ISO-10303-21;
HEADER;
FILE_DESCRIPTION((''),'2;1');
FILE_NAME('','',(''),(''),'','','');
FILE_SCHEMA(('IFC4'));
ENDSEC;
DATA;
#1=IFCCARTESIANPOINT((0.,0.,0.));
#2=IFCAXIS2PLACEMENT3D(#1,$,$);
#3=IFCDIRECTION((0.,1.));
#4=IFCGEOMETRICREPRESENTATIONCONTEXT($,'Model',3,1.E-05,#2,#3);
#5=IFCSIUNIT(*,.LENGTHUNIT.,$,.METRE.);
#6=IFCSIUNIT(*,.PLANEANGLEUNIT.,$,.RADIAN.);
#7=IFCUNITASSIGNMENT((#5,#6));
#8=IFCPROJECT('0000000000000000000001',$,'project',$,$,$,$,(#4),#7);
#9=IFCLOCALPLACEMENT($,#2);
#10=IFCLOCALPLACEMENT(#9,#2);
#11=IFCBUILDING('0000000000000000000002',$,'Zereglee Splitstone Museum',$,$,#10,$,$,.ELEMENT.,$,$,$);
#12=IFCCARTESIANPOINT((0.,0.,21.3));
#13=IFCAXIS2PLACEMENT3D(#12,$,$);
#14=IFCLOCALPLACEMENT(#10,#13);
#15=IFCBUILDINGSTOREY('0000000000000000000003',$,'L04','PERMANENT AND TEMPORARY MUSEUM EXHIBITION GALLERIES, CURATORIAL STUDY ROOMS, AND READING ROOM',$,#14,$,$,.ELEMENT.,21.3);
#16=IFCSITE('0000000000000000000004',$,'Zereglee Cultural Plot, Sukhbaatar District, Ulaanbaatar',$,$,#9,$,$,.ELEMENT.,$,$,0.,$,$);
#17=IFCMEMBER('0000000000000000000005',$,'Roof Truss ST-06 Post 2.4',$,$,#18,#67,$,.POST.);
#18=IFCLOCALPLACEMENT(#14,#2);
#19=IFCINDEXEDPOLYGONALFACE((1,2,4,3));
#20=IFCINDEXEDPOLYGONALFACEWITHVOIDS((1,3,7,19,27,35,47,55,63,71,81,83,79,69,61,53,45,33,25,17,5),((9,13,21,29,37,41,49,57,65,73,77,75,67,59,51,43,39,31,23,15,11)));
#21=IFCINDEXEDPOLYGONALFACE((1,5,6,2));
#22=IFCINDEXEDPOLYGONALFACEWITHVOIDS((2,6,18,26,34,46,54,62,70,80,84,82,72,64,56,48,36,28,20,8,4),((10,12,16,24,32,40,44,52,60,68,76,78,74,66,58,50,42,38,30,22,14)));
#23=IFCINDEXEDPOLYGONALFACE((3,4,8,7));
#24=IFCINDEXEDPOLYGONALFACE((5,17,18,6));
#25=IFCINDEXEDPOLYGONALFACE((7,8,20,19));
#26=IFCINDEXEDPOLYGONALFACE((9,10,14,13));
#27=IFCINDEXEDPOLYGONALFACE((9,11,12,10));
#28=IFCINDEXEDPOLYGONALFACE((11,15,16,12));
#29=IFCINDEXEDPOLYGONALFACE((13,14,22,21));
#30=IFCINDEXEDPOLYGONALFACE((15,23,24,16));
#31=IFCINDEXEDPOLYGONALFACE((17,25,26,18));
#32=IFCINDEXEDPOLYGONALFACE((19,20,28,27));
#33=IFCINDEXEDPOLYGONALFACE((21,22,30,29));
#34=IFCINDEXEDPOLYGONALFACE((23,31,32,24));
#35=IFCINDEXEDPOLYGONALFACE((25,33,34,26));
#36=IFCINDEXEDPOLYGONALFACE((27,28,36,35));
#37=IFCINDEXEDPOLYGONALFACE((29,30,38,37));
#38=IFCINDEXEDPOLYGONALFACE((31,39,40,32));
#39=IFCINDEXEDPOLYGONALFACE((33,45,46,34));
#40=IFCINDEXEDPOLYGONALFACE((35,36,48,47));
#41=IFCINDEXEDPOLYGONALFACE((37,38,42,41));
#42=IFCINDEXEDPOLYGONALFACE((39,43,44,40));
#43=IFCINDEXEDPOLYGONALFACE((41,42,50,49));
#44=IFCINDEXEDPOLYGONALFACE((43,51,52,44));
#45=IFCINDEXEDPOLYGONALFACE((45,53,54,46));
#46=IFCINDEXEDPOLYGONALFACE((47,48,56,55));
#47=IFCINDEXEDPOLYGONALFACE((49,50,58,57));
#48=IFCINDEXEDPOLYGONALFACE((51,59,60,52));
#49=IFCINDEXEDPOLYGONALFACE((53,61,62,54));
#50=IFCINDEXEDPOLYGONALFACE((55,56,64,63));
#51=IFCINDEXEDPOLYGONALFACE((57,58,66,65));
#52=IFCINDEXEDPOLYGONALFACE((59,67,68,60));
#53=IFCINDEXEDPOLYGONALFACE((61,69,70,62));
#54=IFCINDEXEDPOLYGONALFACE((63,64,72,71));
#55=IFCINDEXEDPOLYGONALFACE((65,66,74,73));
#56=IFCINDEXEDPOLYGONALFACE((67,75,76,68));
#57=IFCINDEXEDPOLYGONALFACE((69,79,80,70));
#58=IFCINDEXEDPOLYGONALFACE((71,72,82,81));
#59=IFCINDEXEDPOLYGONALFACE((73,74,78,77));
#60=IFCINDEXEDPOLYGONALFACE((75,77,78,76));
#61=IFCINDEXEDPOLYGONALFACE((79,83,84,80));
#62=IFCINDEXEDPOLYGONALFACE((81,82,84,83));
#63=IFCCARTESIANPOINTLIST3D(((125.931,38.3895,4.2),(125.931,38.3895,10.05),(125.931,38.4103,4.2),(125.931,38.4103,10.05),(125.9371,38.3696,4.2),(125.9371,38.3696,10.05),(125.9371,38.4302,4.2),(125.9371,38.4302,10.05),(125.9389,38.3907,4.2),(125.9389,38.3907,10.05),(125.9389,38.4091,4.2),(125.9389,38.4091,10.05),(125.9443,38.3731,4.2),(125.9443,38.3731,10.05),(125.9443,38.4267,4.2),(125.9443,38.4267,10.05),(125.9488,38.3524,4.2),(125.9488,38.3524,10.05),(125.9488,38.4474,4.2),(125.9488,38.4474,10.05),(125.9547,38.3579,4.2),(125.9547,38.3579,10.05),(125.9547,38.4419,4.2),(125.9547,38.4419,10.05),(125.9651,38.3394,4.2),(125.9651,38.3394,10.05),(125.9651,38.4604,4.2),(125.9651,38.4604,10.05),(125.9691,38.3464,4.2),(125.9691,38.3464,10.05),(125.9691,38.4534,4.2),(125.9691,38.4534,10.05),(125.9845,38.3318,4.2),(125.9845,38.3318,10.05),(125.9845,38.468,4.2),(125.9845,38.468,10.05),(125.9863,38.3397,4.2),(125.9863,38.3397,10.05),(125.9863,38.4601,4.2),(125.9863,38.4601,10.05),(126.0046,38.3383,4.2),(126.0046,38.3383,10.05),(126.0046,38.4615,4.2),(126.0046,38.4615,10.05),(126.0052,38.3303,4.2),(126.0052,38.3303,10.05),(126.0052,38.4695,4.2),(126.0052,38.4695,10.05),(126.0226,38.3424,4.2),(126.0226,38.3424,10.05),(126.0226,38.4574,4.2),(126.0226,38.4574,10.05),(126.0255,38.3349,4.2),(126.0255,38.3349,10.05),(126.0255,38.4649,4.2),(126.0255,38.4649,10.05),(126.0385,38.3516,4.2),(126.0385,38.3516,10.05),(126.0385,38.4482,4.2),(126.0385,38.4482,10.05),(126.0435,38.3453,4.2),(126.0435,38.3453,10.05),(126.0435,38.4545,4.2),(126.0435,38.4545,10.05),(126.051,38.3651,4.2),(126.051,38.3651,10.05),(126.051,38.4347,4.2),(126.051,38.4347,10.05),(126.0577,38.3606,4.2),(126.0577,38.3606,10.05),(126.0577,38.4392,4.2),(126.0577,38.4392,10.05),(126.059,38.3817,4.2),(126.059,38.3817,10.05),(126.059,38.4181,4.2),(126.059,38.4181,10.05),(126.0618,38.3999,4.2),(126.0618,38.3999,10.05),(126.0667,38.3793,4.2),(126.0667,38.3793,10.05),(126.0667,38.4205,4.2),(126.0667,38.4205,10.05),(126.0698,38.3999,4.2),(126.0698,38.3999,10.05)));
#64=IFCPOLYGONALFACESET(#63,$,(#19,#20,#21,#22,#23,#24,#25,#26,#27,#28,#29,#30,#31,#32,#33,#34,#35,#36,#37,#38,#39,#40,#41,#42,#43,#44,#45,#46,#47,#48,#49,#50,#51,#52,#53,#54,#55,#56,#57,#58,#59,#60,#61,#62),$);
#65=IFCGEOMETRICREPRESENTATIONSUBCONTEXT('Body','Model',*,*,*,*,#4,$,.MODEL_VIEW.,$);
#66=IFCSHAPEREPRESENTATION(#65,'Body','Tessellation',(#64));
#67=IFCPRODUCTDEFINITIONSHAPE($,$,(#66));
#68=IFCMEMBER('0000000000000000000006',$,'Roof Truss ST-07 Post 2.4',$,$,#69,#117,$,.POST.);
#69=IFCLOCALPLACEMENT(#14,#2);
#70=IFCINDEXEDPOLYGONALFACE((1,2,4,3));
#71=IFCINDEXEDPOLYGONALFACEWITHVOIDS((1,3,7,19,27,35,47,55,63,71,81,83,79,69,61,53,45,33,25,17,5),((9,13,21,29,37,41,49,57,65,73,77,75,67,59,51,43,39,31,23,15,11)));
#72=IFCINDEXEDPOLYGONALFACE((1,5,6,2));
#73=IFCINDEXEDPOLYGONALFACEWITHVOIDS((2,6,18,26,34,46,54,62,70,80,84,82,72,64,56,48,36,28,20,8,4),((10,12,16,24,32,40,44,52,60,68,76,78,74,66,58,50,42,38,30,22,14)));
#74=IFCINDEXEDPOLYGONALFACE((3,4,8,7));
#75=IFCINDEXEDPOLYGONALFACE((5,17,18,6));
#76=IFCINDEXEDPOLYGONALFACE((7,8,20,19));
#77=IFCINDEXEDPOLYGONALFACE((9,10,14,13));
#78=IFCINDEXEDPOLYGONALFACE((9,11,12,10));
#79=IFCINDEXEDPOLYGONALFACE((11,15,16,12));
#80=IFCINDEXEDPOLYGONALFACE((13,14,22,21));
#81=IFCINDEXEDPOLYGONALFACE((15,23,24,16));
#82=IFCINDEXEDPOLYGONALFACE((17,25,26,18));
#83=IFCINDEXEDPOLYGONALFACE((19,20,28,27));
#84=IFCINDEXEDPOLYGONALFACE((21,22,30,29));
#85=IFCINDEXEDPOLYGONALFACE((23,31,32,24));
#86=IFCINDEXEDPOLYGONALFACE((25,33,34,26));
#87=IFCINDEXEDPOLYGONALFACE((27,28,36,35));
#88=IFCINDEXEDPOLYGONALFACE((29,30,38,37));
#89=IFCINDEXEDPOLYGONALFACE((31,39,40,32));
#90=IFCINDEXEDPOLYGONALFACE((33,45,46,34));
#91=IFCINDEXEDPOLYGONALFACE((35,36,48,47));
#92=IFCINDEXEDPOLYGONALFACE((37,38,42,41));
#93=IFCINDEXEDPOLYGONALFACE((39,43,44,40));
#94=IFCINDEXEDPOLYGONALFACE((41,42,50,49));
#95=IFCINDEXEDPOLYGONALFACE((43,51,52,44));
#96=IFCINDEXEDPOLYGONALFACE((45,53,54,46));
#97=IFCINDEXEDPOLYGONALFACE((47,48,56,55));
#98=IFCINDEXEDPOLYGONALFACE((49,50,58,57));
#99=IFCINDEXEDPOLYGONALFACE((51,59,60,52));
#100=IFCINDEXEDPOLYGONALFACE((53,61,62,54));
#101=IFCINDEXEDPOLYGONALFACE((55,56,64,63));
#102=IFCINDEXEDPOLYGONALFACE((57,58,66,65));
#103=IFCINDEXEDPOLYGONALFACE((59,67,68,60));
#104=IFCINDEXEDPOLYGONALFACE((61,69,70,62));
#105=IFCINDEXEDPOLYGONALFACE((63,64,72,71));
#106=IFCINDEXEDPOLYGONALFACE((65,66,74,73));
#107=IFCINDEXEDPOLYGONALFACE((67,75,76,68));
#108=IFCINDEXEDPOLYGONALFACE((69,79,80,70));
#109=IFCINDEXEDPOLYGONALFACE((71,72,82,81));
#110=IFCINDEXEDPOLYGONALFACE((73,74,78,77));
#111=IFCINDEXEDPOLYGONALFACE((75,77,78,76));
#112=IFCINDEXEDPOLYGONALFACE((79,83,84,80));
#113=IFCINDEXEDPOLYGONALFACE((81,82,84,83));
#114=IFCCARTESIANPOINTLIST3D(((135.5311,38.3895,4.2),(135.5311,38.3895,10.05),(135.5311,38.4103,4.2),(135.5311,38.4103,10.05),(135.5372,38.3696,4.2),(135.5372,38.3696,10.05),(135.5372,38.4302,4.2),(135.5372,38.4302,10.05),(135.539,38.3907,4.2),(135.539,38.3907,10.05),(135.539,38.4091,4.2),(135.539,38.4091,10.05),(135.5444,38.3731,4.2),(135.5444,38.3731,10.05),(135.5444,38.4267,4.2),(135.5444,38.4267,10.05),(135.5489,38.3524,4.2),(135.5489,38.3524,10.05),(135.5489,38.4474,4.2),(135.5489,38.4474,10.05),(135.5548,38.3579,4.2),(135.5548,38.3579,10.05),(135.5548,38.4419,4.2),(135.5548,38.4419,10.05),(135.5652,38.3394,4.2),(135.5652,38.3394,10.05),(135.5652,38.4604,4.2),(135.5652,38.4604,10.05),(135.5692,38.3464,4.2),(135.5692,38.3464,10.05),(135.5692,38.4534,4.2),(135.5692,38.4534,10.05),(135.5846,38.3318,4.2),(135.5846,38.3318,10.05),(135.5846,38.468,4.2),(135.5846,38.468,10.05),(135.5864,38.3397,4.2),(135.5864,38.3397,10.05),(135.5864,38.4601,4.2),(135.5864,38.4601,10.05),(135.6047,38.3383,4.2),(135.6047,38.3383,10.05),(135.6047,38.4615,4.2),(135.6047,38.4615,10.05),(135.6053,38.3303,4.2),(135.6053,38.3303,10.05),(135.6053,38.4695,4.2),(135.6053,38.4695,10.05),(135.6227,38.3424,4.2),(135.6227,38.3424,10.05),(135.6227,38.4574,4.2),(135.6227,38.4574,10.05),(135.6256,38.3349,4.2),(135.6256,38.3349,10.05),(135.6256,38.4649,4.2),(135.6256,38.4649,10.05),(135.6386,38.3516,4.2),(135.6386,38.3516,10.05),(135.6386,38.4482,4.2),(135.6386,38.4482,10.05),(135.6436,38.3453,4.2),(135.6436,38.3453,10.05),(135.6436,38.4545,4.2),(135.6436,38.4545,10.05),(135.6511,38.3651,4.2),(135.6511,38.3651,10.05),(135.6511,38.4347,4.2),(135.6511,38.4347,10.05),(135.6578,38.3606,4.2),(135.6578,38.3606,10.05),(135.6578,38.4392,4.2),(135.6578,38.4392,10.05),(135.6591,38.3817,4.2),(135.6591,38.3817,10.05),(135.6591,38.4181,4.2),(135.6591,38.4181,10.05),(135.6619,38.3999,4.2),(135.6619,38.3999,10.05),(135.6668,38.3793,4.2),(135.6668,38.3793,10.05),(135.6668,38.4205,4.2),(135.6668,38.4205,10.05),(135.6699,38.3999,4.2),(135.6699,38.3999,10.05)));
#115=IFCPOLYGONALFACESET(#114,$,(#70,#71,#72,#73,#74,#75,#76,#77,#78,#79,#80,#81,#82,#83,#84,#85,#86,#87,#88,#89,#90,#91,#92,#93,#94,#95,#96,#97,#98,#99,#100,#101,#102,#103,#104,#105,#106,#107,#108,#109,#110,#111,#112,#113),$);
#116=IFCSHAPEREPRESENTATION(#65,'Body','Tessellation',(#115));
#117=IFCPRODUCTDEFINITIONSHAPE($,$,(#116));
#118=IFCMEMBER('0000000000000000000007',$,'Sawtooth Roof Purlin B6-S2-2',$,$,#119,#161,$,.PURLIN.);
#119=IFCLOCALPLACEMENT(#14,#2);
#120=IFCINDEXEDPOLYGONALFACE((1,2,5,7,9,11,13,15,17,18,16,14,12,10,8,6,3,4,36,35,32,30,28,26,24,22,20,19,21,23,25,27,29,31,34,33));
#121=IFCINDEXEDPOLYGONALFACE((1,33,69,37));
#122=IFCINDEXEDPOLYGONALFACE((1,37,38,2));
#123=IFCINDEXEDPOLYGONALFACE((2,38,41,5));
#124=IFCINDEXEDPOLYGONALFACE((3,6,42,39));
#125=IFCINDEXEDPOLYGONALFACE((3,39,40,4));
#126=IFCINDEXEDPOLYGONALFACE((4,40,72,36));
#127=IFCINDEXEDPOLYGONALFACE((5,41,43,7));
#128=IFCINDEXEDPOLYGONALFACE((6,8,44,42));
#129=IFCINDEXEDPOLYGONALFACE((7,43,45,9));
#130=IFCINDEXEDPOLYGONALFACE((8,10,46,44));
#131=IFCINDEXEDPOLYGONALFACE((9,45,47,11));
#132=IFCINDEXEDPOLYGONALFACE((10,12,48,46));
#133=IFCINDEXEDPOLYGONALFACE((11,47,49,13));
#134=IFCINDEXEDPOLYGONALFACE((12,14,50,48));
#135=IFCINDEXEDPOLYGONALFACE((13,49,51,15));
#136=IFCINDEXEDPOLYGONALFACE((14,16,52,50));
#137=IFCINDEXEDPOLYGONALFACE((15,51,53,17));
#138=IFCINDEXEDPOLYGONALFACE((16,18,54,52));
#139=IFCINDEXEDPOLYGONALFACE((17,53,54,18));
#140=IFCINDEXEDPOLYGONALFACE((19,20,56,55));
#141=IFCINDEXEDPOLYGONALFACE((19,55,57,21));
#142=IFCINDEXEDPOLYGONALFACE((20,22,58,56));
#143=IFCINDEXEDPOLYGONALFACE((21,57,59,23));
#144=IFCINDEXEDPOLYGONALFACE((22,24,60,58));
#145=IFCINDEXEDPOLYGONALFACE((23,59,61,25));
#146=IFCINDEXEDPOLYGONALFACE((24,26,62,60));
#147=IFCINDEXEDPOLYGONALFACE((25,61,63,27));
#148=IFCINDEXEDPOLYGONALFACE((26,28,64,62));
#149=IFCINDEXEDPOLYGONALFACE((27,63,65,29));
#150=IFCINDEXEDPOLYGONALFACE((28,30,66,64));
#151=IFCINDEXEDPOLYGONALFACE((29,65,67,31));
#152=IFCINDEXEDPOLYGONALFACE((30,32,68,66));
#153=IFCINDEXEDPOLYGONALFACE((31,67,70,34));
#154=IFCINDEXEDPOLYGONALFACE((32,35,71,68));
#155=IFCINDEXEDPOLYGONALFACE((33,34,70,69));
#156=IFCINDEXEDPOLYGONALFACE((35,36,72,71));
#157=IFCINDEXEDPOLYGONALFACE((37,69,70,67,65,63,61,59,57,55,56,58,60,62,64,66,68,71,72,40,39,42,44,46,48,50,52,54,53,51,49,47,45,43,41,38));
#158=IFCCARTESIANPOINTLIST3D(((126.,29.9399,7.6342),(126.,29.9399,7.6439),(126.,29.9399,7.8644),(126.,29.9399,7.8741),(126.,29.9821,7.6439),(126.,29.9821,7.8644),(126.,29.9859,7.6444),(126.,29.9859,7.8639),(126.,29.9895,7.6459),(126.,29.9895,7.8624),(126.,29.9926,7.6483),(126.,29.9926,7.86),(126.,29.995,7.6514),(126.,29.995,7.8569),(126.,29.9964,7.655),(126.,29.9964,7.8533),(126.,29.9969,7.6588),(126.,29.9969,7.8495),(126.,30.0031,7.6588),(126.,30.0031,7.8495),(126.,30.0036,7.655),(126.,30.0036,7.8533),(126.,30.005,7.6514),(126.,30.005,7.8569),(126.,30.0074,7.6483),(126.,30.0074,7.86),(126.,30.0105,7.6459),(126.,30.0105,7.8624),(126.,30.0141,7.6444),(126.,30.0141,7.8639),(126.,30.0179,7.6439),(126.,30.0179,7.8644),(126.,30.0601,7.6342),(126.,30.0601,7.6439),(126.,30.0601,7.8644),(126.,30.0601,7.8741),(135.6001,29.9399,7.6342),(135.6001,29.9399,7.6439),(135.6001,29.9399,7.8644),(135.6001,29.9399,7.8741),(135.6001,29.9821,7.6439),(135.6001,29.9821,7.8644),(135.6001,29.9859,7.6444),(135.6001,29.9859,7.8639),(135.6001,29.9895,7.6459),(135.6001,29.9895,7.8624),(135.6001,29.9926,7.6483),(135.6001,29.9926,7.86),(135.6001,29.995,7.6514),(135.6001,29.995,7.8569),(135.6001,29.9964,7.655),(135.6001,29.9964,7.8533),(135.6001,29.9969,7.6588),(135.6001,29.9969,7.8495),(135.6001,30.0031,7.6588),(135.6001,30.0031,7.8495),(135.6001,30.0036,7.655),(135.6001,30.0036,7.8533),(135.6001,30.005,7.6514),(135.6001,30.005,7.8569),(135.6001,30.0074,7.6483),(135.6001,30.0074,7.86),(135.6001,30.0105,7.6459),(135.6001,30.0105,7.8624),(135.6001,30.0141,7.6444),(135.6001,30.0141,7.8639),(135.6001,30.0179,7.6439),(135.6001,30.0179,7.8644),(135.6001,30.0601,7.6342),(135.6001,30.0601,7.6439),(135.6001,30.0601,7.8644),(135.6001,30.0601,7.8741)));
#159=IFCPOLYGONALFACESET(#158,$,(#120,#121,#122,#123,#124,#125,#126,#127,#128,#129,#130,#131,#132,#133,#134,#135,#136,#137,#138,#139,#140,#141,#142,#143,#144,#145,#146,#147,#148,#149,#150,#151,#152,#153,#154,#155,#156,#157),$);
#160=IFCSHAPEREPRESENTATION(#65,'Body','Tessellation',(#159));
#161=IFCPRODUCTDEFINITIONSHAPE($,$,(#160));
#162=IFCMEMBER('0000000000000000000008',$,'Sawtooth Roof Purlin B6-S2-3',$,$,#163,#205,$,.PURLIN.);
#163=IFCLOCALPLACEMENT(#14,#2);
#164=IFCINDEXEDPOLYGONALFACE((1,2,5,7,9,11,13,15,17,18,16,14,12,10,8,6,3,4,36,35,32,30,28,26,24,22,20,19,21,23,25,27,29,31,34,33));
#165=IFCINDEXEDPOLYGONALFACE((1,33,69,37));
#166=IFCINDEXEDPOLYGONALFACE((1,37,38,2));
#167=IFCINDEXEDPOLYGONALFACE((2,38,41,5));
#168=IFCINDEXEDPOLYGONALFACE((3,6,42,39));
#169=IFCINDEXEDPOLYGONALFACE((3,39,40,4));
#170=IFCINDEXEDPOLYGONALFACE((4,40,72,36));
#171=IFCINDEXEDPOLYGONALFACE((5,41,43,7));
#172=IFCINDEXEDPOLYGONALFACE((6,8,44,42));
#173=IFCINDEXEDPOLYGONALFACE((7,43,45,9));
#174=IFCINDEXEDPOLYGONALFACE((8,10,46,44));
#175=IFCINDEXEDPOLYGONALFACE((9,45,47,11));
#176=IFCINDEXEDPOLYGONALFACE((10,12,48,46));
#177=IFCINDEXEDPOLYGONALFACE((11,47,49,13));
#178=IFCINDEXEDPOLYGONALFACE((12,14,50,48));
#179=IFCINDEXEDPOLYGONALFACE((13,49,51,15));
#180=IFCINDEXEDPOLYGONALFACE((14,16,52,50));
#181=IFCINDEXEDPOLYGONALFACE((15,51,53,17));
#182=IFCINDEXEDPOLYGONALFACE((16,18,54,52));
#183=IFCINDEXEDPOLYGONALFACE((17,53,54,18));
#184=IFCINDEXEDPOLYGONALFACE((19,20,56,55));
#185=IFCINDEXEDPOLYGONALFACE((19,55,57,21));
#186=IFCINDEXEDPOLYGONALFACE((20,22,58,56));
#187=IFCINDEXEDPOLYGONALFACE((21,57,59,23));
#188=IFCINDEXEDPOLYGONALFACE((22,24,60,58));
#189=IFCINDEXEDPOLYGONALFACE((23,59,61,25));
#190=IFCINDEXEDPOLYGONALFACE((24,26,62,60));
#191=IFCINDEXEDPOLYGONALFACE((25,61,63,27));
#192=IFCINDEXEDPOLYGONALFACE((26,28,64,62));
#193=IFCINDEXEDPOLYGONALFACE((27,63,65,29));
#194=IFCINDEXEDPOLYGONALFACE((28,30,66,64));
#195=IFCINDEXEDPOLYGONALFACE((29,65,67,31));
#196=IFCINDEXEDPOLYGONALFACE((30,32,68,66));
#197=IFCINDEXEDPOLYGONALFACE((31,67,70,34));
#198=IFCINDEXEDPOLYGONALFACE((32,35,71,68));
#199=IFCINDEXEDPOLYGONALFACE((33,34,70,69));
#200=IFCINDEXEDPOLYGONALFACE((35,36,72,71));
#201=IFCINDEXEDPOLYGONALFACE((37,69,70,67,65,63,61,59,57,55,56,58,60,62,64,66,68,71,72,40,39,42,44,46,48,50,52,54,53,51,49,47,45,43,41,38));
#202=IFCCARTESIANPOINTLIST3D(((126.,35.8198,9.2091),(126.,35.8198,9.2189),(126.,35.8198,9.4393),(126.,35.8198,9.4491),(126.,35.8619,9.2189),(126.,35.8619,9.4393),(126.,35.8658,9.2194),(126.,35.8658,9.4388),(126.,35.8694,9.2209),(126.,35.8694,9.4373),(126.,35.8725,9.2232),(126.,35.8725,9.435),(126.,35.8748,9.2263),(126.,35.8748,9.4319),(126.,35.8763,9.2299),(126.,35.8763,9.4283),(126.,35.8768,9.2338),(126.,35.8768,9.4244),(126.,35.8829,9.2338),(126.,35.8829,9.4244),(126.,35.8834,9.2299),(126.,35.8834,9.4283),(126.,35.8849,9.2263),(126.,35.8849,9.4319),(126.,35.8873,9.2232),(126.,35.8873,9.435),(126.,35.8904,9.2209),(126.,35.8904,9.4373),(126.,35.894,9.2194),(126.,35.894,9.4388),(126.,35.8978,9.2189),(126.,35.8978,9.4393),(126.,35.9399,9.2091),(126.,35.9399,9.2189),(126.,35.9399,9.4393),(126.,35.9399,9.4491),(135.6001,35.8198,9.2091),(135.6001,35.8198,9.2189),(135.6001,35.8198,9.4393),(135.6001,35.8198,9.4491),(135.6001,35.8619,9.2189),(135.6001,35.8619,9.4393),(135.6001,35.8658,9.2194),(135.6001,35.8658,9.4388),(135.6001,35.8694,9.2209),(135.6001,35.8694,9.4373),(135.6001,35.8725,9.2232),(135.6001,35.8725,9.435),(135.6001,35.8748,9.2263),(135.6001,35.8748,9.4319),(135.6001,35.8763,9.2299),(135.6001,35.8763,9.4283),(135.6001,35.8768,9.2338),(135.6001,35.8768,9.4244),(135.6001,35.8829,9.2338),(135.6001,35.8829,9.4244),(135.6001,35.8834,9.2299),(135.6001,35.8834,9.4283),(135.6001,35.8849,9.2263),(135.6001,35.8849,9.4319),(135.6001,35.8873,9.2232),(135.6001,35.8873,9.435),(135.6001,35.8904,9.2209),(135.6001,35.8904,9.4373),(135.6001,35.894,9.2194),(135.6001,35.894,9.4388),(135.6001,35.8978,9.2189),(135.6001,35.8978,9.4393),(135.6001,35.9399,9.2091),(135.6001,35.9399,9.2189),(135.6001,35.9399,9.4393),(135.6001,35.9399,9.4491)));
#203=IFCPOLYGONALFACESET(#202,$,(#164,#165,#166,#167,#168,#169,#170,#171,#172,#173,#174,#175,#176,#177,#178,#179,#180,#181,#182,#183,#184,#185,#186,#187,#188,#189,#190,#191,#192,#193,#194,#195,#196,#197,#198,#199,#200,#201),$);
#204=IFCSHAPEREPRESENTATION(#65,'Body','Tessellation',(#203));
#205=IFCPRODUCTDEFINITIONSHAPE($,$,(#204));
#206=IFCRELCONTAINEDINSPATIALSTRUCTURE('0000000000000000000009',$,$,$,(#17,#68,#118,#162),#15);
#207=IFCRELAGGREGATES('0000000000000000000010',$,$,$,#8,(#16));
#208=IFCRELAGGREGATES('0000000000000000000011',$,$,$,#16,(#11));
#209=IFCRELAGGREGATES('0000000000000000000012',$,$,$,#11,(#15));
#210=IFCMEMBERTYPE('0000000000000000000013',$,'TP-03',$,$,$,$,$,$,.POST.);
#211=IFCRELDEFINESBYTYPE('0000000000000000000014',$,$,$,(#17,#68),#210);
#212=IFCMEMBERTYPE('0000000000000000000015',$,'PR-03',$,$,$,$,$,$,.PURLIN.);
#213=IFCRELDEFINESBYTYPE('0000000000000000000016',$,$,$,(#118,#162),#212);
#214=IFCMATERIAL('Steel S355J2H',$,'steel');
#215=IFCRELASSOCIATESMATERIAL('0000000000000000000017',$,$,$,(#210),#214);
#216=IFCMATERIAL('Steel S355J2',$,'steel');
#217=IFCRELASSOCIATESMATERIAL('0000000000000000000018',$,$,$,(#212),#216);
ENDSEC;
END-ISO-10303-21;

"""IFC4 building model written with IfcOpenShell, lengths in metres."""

from ifc_helpers import new_model, si_unit, direction, frame, origin, origin_2d, place, context, subcontext, project, spatial, hollow_circle, i_section, extrude, material, material_profile, profile_set, type_object, element, save


model = new_model("IFC4")

# Units and contexts
model_context = context("Model", 3, precision=1e-05, world=origin(), true_north=direction((0.0, 1.0)))
body_context = subcontext(model_context, "Body", "Model", "MODEL_VIEW")
ifc_project = project(units=[si_unit("LENGTHUNIT", "METRE"), si_unit("PLANEANGLEUNIT", "RADIAN")], contexts=[model_context])

# Site, building, storey
site_placement = place(None, origin())
site = spatial("IfcSite", under=ifc_project, at=site_placement, Name="Zereglee Cultural Plot, Sukhbaatar District, Ulaanbaatar", CompositionType="ELEMENT", RefElevation=0.0)
building_placement = place(site_placement, origin())
building = spatial("IfcBuilding", under=site, at=building_placement, Name="Zereglee Splitstone Museum", CompositionType="ELEMENT")
storey_placement = place(building_placement, frame((0.0, 0.0, 21.3)))
storey = spatial("IfcBuildingStorey", under=building, at=storey_placement, Name="L04", Description="PERMANENT AND TEMPORARY MUSEUM EXHIBITION GALLERIES, CURATORIAL STUDY ROOMS, AND READING ROOM", CompositionType="ELEMENT", Elevation=21.3)

# Shared definitions
ifc_material_1 = material(Name="Steel S355J2H", Category="steel")
ifc_material_2 = material(Name="Steel S355J2", Category="steel")

# Members
ifc_material_profile_1 = material_profile(ifc_material_1, hollow_circle(Radius=0.0698, WallThickness=0.0081, at=origin_2d()), Name="CHS 139.7x8")
ifc_profile_set_1 = profile_set([ifc_material_profile_1], Name="Steel S355J2H")
member_type_1 = type_object("IfcMemberType", Name="TP-03", PredefinedType="POST", material=ifc_profile_set_1)
for number, where, z_axis, x_axis, name in (
    (1, (126.0, 38.3999, 4.2), (0.0, 0.0, 1.0), (1.0, 0.0, 0.0), "Roof Truss ST-06 Post 2.4"),
    (2, (135.6001, 38.3999, 4.2), (0.0, 0.0, 1.0), (1.0, 0.0, 0.0), "Roof Truss ST-07 Post 2.4"),
):
    element("IfcMember", number, at=place(storey_placement, frame(where, z_axis=z_axis, x_axis=x_axis)), inside=storey, type_object=member_type_1, Name=name, PredefinedType="POST", context=body_context, shape_type="SweptSolid", body=[
        extrude(hollow_circle(Radius=0.0698, WallThickness=0.0081, at=origin_2d()), origin(), (0.0, 0.0, 1.0), 5.8501),
    ])
ifc_material_profile_2 = material_profile(ifc_material_2, i_section(OverallWidth=0.1201, OverallDepth=0.24, WebThickness=0.0061, FlangeThickness=0.0098, FilletRadius=0.0149, at=origin_2d()), Name="IPE 240")
ifc_profile_set_2 = profile_set([ifc_material_profile_2], Name="Steel S355J2")
member_type_2 = type_object("IfcMemberType", Name="PR-03", PredefinedType="PURLIN", material=ifc_profile_set_2)
for number, where, z_axis, x_axis, name in (
    (3, (126.0, 30.0, 7.7542), (1.0, 0.0, 0.0), (0.0, 1.0, 0.0), "Sawtooth Roof Purlin B6-S2-2"),
    (4, (126.0, 35.8799, 9.3291), (1.0, 0.0, 0.0), (0.0, 1.0, 0.0), "Sawtooth Roof Purlin B6-S2-3"),
):
    element("IfcMember", number, at=place(storey_placement, frame(where, z_axis=z_axis, x_axis=x_axis)), inside=storey, type_object=member_type_2, Name=name, PredefinedType="PURLIN", context=body_context, shape_type="SweptSolid", body=[
        extrude(i_section(OverallWidth=0.1201, OverallDepth=0.24, WebThickness=0.0061, FlangeThickness=0.0098, FilletRadius=0.0149, at=origin_2d()), origin(), (0.0, 0.0, 1.0), 9.6001),
    ])

save(model, "model.ifc")
